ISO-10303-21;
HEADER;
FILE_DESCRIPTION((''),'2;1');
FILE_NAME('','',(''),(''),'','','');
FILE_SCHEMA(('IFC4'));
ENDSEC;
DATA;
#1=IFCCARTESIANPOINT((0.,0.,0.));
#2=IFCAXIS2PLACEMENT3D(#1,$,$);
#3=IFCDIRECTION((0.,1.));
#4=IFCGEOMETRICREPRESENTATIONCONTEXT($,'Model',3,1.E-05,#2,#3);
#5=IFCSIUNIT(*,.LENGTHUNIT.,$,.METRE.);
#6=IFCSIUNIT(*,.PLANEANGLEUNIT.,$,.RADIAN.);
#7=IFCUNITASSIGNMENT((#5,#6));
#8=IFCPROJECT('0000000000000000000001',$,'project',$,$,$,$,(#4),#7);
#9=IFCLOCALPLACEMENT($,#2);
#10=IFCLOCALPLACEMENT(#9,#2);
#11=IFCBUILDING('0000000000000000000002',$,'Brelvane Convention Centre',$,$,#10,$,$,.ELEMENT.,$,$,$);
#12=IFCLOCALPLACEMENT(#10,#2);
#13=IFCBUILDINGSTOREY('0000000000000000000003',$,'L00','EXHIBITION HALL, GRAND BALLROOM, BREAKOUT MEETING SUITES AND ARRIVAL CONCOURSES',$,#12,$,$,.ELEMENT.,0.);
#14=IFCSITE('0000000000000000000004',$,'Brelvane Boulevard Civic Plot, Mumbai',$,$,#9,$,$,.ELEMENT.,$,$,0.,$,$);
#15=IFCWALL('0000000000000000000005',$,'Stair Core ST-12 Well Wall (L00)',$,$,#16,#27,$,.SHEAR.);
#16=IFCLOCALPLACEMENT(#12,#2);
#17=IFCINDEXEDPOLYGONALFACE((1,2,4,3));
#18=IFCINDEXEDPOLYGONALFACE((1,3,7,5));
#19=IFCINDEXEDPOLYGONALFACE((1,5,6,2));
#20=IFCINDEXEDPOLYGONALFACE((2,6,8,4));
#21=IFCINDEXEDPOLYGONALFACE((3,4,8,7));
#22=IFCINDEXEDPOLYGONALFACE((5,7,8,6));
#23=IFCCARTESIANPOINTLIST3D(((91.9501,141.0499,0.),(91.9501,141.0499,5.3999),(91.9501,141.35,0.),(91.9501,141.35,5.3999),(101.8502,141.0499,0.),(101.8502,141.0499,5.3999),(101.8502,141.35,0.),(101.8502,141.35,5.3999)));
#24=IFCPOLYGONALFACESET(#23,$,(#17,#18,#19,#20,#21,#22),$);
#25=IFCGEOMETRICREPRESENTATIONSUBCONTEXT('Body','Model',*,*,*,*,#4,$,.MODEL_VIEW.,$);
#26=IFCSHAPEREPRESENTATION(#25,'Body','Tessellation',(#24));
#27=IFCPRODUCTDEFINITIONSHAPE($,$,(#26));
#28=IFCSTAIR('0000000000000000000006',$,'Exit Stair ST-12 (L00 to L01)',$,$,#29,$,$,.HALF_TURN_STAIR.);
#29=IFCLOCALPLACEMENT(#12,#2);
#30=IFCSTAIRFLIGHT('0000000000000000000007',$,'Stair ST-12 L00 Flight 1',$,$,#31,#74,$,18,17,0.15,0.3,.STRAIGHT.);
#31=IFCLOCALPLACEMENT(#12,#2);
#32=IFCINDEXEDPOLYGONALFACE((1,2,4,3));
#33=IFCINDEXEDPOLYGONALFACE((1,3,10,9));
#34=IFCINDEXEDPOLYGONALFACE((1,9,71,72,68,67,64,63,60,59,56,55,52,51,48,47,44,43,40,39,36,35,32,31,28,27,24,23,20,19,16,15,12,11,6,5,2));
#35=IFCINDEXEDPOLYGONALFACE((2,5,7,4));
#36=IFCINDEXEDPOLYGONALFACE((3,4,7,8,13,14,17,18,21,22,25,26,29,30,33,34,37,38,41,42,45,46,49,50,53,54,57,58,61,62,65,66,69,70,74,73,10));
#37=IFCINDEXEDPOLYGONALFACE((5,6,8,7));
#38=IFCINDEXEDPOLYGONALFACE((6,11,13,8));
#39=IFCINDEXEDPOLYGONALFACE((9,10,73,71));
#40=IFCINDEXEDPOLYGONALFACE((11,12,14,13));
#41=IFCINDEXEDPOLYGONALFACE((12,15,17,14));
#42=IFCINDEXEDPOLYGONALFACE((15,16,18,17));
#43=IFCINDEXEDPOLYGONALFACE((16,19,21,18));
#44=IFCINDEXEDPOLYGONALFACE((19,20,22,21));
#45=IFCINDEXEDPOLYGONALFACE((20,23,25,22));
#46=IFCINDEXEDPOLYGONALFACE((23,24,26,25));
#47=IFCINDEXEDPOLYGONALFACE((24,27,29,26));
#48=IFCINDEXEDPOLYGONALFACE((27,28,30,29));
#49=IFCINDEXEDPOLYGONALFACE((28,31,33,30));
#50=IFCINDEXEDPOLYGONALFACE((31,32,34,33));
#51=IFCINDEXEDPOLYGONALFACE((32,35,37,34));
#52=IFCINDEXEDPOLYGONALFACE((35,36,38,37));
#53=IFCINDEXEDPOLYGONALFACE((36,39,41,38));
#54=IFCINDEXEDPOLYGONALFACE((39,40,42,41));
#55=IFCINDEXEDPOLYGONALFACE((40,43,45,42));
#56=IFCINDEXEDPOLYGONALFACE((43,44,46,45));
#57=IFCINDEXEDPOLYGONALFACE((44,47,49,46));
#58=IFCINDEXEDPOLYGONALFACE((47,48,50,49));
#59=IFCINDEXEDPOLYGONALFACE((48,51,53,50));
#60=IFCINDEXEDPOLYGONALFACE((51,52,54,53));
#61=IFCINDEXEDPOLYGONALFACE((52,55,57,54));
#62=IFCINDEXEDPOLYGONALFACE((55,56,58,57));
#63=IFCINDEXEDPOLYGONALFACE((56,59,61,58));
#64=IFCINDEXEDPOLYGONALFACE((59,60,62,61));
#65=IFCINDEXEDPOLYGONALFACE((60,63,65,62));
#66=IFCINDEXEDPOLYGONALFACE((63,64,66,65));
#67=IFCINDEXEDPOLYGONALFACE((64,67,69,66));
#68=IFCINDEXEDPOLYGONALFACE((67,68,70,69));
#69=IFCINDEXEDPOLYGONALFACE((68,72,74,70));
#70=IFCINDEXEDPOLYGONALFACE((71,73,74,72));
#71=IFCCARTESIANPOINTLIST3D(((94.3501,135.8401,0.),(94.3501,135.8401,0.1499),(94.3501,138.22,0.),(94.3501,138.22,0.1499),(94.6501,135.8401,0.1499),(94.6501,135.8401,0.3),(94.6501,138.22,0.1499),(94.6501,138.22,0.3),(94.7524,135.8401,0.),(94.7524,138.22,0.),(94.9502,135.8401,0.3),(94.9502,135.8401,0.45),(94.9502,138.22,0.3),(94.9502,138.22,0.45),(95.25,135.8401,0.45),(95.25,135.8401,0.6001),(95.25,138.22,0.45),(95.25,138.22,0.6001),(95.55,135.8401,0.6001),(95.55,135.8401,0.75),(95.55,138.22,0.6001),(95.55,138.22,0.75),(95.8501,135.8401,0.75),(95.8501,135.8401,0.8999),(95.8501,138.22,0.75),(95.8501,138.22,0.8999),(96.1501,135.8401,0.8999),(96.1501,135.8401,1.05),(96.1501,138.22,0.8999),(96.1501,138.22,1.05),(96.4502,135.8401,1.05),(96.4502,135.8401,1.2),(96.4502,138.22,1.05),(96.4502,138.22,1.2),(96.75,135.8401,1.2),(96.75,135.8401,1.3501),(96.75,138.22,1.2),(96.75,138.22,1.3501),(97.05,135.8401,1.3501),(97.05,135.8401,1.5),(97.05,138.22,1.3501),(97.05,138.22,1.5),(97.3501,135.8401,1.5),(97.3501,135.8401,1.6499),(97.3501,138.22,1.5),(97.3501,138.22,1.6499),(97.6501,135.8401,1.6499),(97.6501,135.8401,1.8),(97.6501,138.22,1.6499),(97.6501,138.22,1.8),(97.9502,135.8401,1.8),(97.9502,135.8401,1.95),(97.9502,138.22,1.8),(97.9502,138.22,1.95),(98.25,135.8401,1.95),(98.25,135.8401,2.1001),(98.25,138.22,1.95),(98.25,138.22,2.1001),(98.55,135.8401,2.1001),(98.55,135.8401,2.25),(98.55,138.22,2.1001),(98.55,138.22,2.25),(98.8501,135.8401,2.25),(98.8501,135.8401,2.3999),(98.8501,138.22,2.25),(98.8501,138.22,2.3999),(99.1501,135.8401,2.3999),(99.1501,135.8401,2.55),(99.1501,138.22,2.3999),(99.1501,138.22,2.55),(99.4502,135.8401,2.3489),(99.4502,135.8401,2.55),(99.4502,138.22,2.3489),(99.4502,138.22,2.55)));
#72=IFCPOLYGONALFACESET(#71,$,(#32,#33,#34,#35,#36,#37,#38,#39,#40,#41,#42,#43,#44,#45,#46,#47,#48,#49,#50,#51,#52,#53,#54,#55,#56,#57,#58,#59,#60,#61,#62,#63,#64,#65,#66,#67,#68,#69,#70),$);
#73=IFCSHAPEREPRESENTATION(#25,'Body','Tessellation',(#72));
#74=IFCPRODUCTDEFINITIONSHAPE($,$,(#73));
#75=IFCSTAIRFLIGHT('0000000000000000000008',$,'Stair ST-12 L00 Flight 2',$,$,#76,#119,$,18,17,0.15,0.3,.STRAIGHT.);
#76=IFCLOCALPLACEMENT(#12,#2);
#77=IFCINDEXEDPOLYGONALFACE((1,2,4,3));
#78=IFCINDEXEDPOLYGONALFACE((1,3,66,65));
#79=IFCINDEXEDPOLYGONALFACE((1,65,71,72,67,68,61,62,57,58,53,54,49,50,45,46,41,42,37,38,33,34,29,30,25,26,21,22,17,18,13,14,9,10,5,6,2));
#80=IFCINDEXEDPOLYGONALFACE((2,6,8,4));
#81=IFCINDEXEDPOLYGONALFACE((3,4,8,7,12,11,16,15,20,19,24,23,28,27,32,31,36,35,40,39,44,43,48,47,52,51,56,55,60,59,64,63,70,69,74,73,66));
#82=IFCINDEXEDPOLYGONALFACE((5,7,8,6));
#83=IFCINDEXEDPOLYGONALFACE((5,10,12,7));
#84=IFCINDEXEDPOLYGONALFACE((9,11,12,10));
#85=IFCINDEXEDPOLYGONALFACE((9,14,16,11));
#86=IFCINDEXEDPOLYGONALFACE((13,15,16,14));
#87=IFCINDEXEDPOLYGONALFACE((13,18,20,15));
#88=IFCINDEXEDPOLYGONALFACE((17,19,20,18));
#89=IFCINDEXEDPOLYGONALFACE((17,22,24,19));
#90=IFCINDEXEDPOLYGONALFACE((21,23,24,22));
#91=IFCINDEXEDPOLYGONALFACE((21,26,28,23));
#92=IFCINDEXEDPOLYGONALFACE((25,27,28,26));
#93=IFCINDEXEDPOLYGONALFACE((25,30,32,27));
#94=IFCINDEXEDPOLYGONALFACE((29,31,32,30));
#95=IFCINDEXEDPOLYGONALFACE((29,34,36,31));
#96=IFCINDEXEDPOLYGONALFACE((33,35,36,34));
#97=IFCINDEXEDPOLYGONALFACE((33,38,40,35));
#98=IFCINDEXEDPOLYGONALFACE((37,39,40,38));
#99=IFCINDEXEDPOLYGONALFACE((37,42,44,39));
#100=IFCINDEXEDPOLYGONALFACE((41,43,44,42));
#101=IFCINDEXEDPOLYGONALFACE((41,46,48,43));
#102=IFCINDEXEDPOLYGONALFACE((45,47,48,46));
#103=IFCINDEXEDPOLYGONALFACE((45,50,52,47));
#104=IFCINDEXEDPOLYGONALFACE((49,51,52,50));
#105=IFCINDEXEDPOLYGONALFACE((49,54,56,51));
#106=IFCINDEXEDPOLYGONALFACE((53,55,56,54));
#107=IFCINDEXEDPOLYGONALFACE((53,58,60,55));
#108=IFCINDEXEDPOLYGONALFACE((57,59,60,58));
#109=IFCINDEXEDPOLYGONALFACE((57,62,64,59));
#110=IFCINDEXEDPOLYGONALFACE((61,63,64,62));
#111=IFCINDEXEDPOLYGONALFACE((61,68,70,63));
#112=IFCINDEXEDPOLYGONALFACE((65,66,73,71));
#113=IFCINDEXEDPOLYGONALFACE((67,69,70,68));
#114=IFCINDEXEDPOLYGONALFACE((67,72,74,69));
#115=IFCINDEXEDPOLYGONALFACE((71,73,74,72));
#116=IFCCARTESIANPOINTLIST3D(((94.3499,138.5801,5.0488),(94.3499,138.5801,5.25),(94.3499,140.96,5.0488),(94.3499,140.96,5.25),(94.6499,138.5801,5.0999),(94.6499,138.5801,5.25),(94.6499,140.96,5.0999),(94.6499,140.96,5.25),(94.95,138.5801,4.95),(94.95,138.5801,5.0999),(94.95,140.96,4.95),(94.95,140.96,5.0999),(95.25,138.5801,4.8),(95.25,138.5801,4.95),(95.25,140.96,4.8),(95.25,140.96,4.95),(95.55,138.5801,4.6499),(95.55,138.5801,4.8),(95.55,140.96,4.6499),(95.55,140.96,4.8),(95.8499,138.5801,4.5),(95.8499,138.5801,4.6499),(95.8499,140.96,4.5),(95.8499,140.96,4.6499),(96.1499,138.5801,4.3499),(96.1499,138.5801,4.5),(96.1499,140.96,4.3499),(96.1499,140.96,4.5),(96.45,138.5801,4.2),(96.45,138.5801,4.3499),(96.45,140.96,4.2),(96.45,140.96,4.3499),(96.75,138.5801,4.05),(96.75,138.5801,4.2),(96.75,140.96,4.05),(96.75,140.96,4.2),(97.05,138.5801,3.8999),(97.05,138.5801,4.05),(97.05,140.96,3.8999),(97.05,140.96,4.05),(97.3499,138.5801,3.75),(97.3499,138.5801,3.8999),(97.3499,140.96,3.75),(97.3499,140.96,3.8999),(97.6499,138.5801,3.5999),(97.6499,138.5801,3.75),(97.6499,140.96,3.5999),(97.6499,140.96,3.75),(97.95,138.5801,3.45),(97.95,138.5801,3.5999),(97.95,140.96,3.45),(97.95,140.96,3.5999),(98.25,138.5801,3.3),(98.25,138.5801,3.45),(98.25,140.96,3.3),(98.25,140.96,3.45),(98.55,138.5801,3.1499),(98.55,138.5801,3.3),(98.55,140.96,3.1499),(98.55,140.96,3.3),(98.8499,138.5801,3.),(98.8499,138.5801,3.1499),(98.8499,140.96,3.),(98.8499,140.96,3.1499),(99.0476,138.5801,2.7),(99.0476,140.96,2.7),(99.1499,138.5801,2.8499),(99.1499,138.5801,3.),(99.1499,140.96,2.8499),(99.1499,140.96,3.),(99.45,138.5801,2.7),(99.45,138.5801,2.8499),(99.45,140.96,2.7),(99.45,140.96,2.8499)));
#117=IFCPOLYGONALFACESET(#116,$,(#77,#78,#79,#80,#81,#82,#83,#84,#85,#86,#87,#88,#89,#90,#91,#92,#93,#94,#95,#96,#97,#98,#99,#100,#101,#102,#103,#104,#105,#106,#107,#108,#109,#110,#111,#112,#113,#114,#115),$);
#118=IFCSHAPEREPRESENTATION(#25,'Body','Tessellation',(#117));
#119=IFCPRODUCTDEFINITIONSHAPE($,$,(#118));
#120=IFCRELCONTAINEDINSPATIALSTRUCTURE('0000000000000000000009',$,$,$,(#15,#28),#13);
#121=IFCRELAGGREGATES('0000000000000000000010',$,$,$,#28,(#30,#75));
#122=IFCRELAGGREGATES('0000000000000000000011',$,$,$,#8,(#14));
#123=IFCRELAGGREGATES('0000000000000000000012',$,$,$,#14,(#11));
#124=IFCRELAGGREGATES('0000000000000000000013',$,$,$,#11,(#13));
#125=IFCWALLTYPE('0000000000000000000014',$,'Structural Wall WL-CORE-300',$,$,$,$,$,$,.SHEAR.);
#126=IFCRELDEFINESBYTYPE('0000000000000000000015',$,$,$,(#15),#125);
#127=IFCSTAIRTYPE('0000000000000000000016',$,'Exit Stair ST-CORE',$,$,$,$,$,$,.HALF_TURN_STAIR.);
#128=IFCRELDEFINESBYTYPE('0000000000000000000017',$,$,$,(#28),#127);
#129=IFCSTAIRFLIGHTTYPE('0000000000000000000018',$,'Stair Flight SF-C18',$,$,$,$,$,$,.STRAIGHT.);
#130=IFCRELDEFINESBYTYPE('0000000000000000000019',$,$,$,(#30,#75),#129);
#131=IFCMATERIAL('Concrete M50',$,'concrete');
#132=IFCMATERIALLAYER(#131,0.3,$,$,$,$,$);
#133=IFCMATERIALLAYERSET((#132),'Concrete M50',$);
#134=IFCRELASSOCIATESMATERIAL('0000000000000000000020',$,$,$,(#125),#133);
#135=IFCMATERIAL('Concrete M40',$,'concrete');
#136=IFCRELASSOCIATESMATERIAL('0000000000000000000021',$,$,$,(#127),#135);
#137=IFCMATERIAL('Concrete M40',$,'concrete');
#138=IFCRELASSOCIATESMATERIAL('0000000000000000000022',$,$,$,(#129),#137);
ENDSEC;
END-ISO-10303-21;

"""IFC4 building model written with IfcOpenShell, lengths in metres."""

from ifc_helpers import new_model, si_unit, direction, frame, frame_2d, origin, place, context, subcontext, project, spatial, polyline, rectangle, outline, extrude, material, layer, layer_set, type_object, element, aggregate, save


model = new_model("IFC4")

# Units and contexts
model_context = context("Model", 3, precision=1e-05, world=origin(), true_north=direction((0.0, 1.0)))
body_context = subcontext(model_context, "Body", "Model", "MODEL_VIEW")
ifc_project = project(units=[si_unit("LENGTHUNIT", "METRE"), si_unit("PLANEANGLEUNIT", "RADIAN")], contexts=[model_context])

# Site, building, storey
site_placement = place(None, origin())
site = spatial("IfcSite", under=ifc_project, at=site_placement, Name="Brelvane Boulevard Civic Plot, Mumbai", CompositionType="ELEMENT", RefElevation=0.0)
building_placement = place(site_placement, origin())
building = spatial("IfcBuilding", under=site, at=building_placement, Name="Brelvane Convention Centre", CompositionType="ELEMENT")
storey_placement = place(building_placement, origin())
storey = spatial("IfcBuildingStorey", under=building, at=storey_placement, Name="L00", Description="EXHIBITION HALL, GRAND BALLROOM, BREAKOUT MEETING SUITES AND ARRIVAL CONCOURSES", CompositionType="ELEMENT", Elevation=0.0)

# Shared definitions
ifc_material_1 = material(Name="Concrete M50", Category="concrete")
ifc_layer_1 = layer(ifc_material_1, 0.3)
ifc_layer_set_1 = layer_set([ifc_layer_1], Name="Concrete M50")
wall_type_1 = type_object("IfcWallType", Name="Structural Wall WL-CORE-300", PredefinedType="SHEAR", material=ifc_layer_set_1)

# Wall
wall_1_placement = place(storey_placement, frame((91.95, 141.2, 0.0), z_axis=(0.0, 0.0, 1.0), x_axis=(1.0, 0.0, 0.0)))
element("IfcWall", 1, at=wall_1_placement, inside=storey, type_object=wall_type_1, Name="Stair Core ST-12 Well Wall (L00)", PredefinedType="SHEAR", context=body_context, shape_type="SweptSolid", body=[
    extrude(rectangle(XDim=9.9001, YDim=0.3, at=frame_2d((4.9502, 0.0))), origin(), (0.0, 0.0, 1.0), 5.3999),
])

# Stair, stair flights
ifc_material_2 = material(Name="Concrete M40", Category="concrete")
stair_type = type_object("IfcStairType", Name="Exit Stair ST-CORE", PredefinedType="HALF_TURN_STAIR", material=ifc_material_2)
stair_placement = place(storey_placement, origin())
stair = element("IfcStair", 2, at=stair_placement, inside=storey, type_object=stair_type, Name="Exit Stair ST-12 (L00 to L01)", PredefinedType="HALF_TURN_STAIR")
ifc_material_3 = material(Name="Concrete M40", Category="concrete")
stair_flight_type = type_object("IfcStairFlightType", Name="Stair Flight SF-C18", PredefinedType="STRAIGHT", material=ifc_material_3)
stair_flight_1_placement = place(storey_placement, frame((94.3501, 137.03, 0.0), z_axis=(0.0, 0.0, 1.0), x_axis=(1.0, 0.0, 0.0)))
stair_flight_1 = element("IfcStairFlight", 3, at=stair_flight_1_placement, type_object=stair_flight_type, Name="Stair ST-12 L00 Flight 1", NumberOfRisers=18, NumberOfTreads=17, PredefinedType="STRAIGHT", RiserHeight=0.15, TreadLength=0.3, context=body_context, shape_type="SweptSolid", body=[
    extrude(outline(polyline([(0.0, 0.0), (0.0, 0.1499), (0.3, 0.1499), (0.3, 0.3), (0.6001, 0.3), (0.6001, 0.45), (0.8999, 0.45), (0.8999, 0.6001), (1.2, 0.6001), (1.2, 0.75), (1.5, 0.75), (1.5, 0.8999), (1.8, 0.8999), (1.8, 1.05), (2.1001, 1.05), (2.1001, 1.2), (2.3999, 1.2), (2.3999, 1.3501), (2.7, 1.3501), (2.7, 1.5), (3.0, 1.5), (3.0, 1.6499), (3.3, 1.6499), (3.3, 1.8), (3.6001, 1.8), (3.6001, 1.95), (3.8999, 1.95), (3.8999, 2.1001), (4.2, 2.1001), (4.2, 2.25), (4.5, 2.25), (4.5, 2.3999), (4.8, 2.3999), (4.8, 2.55), (5.1001, 2.55), (5.1001, 2.7), (5.1001, 2.3489), (0.4023, 0.0), (0.0, 0.0)])), frame((0.0, 1.1899, 0.0), z_axis=(0.0, -1.0, 0.0), x_axis=(1.0, 0.0, 0.0)), (0.0, 0.0, 1.0), 2.3799),
])
stair_flight_2_placement = place(storey_placement, frame((99.45, 139.77, 2.7), z_axis=(0.0, 0.0, 1.0), x_axis=(-1.0, 0.0, 0.0)))
stair_flight_2 = element("IfcStairFlight", 4, at=stair_flight_2_placement, type_object=stair_flight_type, Name="Stair ST-12 L00 Flight 2", NumberOfRisers=18, NumberOfTreads=17, PredefinedType="STRAIGHT", RiserHeight=0.15, TreadLength=0.3, context=body_context, shape_type="SweptSolid", body=[
    extrude(outline(polyline([(0.0, 0.0), (0.0, 0.1499), (0.3, 0.1499), (0.3, 0.3), (0.6001, 0.3), (0.6001, 0.45), (0.8999, 0.45), (0.8999, 0.6001), (1.2, 0.6001), (1.2, 0.75), (1.5, 0.75), (1.5, 0.8999), (1.8, 0.8999), (1.8, 1.05), (2.1001, 1.05), (2.1001, 1.2), (2.3999, 1.2), (2.3999, 1.3501), (2.7, 1.3501), (2.7, 1.5), (3.0, 1.5), (3.0, 1.6499), (3.3, 1.6499), (3.3, 1.8), (3.6001, 1.8), (3.6001, 1.95), (3.8999, 1.95), (3.8999, 2.1001), (4.2, 2.1001), (4.2, 2.25), (4.5, 2.25), (4.5, 2.3999), (4.8, 2.3999), (4.8, 2.55), (5.1001, 2.55), (5.1001, 2.7), (5.1001, 2.3489), (0.4023, 0.0), (0.0, 0.0)])), frame((0.0, 1.1899, 0.0), z_axis=(0.0, -1.0, 0.0), x_axis=(1.0, 0.0, 0.0)), (0.0, 0.0, 1.0), 2.3799),
])
aggregate(stair, [stair_flight_1, stair_flight_2])

save(model, "model.ifc")
